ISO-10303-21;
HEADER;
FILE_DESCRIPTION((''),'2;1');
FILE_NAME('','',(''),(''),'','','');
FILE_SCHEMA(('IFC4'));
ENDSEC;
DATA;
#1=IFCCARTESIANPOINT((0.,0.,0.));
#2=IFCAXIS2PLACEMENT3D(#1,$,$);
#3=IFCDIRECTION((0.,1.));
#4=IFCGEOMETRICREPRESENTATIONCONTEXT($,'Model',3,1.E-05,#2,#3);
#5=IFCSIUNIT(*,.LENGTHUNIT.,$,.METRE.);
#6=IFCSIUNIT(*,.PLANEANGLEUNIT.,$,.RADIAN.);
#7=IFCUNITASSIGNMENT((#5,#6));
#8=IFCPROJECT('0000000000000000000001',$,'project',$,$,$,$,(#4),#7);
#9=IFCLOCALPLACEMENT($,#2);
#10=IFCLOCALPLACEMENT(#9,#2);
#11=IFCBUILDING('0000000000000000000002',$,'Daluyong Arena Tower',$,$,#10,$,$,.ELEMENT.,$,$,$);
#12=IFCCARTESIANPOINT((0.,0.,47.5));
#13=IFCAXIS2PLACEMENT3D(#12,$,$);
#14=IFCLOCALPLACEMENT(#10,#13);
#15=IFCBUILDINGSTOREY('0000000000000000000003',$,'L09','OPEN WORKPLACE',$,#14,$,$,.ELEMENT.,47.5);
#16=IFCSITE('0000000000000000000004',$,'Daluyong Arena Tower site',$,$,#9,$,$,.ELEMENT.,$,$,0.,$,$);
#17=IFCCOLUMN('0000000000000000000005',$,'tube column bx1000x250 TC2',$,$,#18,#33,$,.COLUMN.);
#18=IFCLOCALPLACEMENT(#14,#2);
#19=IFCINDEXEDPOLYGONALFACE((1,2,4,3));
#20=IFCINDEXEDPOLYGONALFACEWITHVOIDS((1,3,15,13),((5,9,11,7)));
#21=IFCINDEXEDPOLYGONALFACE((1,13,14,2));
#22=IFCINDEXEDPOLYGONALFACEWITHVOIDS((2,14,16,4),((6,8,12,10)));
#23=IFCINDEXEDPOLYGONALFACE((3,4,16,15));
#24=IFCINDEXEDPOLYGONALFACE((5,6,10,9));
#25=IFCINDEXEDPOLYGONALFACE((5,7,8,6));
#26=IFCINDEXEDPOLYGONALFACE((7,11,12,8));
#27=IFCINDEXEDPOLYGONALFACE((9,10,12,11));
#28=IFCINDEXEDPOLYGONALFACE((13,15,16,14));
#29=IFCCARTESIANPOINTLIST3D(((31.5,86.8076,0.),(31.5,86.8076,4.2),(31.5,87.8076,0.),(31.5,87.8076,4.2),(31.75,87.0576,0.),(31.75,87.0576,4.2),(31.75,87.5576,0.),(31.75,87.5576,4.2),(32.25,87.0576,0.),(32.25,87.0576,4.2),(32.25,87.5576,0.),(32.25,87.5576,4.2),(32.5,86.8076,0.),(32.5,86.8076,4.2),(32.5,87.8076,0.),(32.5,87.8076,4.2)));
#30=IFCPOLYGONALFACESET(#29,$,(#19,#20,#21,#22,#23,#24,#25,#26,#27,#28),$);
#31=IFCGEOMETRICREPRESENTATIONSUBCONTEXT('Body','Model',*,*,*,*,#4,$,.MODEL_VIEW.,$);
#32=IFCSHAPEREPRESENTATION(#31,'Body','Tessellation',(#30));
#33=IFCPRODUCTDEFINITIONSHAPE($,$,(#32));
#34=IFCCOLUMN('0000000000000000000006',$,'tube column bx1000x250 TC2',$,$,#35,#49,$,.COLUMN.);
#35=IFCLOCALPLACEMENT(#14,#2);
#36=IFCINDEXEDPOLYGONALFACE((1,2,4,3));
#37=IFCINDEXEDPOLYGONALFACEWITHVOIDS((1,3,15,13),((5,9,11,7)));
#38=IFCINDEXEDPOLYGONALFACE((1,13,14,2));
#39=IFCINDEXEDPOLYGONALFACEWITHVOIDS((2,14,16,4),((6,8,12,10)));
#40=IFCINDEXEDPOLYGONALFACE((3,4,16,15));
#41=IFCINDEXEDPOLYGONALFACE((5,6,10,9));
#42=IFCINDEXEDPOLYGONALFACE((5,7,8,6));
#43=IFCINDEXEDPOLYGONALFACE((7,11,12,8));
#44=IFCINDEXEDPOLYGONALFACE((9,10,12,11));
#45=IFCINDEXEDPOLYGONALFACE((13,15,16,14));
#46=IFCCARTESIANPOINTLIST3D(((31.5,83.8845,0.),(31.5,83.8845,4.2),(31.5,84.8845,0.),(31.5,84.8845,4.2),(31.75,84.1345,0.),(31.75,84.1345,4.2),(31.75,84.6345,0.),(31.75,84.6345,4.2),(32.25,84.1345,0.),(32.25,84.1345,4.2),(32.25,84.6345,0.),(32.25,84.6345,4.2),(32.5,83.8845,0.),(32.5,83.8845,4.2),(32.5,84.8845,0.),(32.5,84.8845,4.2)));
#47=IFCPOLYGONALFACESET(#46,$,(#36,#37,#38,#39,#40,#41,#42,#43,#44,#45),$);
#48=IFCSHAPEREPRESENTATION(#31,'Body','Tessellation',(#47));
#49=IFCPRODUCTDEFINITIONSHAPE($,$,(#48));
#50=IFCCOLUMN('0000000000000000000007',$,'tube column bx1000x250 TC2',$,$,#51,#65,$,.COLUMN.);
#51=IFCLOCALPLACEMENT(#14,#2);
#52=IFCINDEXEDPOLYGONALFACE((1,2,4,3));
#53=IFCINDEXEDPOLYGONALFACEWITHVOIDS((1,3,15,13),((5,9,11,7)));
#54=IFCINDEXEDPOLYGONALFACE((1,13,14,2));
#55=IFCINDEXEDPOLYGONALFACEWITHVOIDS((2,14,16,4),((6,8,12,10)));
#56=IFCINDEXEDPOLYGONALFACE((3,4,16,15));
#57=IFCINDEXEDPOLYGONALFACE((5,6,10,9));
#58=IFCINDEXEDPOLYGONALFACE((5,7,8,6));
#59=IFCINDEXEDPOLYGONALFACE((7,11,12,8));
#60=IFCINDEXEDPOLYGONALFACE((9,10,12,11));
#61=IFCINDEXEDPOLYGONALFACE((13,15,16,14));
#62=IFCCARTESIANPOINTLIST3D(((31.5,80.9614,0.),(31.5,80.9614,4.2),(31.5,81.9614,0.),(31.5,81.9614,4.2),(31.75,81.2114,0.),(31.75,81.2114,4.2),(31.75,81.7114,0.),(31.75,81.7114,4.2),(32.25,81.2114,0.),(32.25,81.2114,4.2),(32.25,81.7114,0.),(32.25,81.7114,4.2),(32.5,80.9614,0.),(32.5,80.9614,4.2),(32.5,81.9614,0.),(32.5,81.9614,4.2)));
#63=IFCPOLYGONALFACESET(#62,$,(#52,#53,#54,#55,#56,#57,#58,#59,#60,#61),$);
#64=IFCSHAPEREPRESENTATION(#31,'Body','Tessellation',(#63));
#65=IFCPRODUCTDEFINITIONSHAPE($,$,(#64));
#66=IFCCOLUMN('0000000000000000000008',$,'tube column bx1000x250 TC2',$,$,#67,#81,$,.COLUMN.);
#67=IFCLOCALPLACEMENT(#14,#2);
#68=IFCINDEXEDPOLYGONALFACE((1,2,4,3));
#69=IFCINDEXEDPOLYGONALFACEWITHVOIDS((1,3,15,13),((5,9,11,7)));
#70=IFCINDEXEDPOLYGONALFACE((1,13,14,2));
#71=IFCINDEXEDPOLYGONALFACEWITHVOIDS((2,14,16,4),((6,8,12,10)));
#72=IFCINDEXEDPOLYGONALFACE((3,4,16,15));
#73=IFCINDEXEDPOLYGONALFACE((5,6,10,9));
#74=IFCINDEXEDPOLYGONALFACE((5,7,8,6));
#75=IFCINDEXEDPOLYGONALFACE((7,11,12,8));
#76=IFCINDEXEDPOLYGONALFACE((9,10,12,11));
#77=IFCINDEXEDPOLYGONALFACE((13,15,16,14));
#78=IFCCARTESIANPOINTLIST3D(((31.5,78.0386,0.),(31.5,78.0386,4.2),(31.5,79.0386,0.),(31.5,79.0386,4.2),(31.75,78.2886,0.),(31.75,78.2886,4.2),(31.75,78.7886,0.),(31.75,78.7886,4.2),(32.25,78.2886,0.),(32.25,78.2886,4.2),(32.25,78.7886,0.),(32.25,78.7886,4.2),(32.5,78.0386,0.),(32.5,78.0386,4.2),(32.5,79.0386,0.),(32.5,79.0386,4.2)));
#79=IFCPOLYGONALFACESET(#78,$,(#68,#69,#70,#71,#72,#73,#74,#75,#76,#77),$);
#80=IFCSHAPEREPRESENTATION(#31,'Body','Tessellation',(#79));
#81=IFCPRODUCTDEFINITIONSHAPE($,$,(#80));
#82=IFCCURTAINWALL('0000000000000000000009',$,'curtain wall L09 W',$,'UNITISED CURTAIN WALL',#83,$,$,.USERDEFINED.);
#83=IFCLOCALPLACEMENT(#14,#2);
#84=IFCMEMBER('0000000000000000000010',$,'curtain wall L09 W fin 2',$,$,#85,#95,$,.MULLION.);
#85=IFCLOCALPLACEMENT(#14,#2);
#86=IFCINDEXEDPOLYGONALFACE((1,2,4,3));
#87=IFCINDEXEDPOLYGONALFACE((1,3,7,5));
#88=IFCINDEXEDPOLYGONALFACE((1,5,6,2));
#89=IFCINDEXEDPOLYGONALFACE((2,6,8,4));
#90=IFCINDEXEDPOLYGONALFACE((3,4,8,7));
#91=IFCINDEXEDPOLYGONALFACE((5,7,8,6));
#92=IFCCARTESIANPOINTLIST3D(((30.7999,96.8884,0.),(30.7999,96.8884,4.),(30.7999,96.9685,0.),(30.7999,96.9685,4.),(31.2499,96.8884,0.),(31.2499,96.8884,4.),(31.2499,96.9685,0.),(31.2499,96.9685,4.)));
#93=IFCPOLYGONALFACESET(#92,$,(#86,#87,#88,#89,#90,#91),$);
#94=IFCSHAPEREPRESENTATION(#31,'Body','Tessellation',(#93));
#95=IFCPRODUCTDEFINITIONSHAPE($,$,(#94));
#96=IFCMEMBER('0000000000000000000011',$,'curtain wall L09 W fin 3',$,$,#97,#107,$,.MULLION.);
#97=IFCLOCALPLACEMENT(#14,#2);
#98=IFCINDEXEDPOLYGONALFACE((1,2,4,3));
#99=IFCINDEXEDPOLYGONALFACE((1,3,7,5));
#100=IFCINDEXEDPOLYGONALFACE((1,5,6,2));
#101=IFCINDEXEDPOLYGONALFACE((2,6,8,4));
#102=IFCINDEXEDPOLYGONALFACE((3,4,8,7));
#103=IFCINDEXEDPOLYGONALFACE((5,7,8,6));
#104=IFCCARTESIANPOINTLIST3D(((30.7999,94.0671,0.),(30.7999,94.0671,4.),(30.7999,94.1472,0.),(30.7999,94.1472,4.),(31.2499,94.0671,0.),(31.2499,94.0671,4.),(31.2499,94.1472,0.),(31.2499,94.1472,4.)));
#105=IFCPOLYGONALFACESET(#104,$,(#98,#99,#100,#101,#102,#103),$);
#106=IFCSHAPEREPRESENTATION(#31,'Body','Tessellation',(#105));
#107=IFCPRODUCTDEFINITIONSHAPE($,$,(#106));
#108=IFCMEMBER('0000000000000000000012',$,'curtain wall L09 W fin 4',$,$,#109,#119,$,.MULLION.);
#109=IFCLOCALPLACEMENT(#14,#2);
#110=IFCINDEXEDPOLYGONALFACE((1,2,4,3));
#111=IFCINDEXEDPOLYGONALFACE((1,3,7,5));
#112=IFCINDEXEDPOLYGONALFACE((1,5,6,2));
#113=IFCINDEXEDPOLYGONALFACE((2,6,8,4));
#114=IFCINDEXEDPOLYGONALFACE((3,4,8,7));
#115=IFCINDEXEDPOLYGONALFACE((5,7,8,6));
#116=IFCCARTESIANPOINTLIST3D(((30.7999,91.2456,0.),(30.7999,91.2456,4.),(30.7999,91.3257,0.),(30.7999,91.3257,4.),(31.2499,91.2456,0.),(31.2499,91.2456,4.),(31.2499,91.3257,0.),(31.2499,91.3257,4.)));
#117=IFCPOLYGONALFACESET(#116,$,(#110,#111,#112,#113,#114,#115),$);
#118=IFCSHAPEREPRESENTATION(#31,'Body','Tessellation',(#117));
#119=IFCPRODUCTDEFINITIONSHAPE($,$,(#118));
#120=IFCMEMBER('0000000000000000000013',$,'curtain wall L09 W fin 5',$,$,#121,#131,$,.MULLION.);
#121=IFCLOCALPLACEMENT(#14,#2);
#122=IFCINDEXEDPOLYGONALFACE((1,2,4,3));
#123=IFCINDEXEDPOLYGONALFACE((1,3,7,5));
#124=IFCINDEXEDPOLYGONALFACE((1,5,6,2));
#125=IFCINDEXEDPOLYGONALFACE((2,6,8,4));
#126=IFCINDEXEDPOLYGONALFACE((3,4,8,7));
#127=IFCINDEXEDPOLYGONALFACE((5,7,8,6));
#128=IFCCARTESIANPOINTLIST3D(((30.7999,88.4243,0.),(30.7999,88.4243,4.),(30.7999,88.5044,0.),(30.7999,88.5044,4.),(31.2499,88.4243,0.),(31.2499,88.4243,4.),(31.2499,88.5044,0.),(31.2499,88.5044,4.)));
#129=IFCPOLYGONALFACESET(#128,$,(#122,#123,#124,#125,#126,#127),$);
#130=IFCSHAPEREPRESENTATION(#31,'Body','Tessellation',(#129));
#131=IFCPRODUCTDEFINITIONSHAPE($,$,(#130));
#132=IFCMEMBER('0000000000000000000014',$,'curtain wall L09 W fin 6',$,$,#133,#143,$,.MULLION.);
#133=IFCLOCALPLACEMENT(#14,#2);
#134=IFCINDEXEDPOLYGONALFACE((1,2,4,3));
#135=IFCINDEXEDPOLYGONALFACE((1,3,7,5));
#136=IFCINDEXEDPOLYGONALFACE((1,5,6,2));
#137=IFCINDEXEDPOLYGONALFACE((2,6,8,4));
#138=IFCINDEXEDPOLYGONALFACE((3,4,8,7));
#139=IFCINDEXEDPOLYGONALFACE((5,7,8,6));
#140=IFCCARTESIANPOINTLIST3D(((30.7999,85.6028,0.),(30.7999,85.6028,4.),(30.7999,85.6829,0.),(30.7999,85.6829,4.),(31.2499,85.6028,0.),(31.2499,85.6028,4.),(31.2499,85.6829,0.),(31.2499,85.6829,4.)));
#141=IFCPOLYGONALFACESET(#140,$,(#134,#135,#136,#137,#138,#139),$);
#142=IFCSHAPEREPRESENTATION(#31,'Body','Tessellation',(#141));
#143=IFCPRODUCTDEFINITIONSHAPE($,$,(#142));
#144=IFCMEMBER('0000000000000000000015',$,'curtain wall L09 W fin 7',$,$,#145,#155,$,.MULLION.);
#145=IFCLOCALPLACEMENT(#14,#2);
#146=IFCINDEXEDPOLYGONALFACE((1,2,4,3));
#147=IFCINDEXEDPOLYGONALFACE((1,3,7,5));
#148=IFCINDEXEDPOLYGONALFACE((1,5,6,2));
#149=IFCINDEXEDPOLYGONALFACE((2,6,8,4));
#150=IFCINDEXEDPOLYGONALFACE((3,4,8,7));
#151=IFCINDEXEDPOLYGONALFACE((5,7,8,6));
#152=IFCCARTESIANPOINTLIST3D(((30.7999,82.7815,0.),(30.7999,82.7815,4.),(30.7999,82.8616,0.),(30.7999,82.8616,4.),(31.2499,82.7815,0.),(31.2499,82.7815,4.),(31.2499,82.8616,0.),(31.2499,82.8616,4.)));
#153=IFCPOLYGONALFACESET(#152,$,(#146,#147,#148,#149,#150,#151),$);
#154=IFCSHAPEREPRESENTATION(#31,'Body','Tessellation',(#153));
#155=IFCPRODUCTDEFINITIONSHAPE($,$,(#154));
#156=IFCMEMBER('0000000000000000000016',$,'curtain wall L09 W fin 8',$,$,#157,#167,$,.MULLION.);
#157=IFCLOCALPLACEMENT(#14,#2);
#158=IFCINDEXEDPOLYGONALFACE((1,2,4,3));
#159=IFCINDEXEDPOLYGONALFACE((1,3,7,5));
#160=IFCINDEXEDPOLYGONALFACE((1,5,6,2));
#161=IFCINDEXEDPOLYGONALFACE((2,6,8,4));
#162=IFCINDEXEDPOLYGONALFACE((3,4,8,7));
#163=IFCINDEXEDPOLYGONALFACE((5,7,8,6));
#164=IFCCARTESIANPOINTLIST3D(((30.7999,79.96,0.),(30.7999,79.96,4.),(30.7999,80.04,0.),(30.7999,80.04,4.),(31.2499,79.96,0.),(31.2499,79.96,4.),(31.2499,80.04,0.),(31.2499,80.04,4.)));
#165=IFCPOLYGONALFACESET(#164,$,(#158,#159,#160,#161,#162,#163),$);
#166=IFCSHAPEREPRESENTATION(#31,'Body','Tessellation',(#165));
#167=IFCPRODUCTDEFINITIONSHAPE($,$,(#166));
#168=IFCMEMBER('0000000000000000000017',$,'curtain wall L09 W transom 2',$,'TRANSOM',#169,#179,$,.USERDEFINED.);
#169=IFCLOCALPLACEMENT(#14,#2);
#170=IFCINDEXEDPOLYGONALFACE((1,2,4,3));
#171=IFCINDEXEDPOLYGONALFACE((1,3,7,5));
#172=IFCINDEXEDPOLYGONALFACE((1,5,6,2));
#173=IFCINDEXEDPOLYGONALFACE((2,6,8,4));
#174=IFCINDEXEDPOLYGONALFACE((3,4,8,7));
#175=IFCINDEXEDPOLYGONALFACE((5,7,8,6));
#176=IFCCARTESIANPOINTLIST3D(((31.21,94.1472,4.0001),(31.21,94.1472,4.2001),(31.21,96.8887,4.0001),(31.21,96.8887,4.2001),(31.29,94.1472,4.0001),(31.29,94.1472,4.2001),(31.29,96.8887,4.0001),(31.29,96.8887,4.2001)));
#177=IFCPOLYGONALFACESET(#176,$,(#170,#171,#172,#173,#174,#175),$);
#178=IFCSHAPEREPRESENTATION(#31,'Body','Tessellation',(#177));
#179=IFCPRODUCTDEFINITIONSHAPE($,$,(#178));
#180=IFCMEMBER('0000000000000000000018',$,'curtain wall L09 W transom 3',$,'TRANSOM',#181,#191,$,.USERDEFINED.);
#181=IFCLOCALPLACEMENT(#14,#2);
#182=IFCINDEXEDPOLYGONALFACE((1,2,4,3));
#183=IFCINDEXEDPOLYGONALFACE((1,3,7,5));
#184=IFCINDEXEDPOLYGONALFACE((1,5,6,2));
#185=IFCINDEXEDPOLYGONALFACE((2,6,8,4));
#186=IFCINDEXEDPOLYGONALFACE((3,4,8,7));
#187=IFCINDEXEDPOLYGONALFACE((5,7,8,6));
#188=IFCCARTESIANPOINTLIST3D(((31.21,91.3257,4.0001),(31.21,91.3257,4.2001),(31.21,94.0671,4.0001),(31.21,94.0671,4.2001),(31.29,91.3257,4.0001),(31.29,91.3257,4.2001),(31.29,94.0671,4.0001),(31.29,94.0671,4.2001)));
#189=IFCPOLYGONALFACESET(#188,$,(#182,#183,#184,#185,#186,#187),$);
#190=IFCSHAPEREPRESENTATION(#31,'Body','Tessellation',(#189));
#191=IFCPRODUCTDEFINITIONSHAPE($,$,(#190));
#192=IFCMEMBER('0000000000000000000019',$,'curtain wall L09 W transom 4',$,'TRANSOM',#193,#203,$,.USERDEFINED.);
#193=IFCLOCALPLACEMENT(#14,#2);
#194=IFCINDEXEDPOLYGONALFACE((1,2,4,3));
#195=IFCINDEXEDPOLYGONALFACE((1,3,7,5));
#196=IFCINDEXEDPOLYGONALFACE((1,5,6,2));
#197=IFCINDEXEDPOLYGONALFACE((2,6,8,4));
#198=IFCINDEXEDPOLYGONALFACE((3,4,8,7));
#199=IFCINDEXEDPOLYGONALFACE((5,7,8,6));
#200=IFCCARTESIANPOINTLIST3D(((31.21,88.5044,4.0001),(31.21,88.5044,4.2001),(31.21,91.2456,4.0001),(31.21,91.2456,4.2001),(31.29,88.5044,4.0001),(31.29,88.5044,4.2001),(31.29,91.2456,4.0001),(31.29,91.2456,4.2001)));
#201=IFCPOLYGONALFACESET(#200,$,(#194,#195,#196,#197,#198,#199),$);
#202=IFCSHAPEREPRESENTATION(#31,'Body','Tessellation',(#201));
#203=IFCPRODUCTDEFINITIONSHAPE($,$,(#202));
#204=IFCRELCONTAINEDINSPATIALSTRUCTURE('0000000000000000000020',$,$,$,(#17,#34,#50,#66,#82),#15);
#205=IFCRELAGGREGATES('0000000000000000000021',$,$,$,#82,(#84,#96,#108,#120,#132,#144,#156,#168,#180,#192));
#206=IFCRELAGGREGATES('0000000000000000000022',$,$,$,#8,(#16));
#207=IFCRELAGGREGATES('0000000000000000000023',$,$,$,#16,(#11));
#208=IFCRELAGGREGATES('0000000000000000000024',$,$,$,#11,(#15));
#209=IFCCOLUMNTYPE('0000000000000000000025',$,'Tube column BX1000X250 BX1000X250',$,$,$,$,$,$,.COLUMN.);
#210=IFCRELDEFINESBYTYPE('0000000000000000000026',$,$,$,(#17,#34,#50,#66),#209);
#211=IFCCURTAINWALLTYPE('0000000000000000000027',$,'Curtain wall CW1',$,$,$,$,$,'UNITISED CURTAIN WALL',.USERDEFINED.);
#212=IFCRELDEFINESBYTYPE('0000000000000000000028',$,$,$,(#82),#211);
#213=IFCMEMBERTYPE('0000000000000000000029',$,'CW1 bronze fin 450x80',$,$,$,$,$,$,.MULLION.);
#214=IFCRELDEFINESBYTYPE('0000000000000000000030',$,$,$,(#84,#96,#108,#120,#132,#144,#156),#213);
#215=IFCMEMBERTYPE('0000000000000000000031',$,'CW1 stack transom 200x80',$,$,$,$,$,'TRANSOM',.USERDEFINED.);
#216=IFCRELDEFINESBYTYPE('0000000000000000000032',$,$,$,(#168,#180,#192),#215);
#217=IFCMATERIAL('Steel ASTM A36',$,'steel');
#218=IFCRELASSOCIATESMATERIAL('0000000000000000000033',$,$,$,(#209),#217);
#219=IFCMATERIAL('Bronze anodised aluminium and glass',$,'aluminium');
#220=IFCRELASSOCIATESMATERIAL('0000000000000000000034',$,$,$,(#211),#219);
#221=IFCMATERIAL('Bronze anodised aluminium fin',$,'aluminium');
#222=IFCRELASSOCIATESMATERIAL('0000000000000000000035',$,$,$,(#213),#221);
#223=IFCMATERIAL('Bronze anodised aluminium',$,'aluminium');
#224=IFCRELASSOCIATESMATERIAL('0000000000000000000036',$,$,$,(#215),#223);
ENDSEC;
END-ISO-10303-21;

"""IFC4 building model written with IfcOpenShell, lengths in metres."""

from ifc_helpers import new_model, si_unit, direction, frame, origin, origin_2d, place, context, subcontext, project, spatial, rectangle, hollow_rectangle, extrude, material, material_profile, profile_set, type_object, element, aggregate, save


model = new_model("IFC4")

# Units and contexts
model_context = context("Model", 3, precision=1e-05, world=origin(), true_north=direction((0.0, 1.0)))
body_context = subcontext(model_context, "Body", "Model", "MODEL_VIEW")
ifc_project = project(units=[si_unit("LENGTHUNIT", "METRE"), si_unit("PLANEANGLEUNIT", "RADIAN")], contexts=[model_context])

# Site, building, storey
site_placement = place(None, origin())
site = spatial("IfcSite", under=ifc_project, at=site_placement, Name="Daluyong Arena Tower site", CompositionType="ELEMENT", RefElevation=0.0)
building_placement = place(site_placement, origin())
building = spatial("IfcBuilding", under=site, at=building_placement, Name="Daluyong Arena Tower", CompositionType="ELEMENT")
storey_placement = place(building_placement, frame((0.0, 0.0, 47.5)))
storey = spatial("IfcBuildingStorey", under=building, at=storey_placement, Name="L09", Description="OPEN WORKPLACE", CompositionType="ELEMENT", Elevation=47.5)

# Columns
ifc_material_1 = material(Name="Steel ASTM A36", Category="steel")
ifc_material_profile_1 = material_profile(ifc_material_1, hollow_rectangle(XDim=1.0, YDim=1.0, WallThickness=0.25, at=origin_2d()))
ifc_profile_set_1 = profile_set([ifc_material_profile_1], Name="Steel ASTM A36")
column_type = type_object("IfcColumnType", Name="Tube column BX1000X250 BX1000X250", PredefinedType="COLUMN", material=ifc_profile_set_1)
for number, where, z_axis, x_axis, name in (
    (1, (32.0, 87.3076, 0.0), (0.0, 0.0, 1.0), (0.0, 1.0, 0.0), "tube column bx1000x250 TC2"),
    (2, (32.0, 84.3845, 0.0), (0.0, 0.0, 1.0), (0.0, 1.0, 0.0), "tube column bx1000x250 TC2"),
    (3, (32.0, 81.4614, 0.0), (0.0, 0.0, 1.0), (0.0, 1.0, 0.0), "tube column bx1000x250 TC2"),
    (4, (32.0, 78.5386, 0.0), (0.0, 0.0, 1.0), (0.0, 1.0, 0.0), "tube column bx1000x250 TC2"),
):
    element("IfcColumn", number, at=place(storey_placement, frame(where, z_axis=z_axis, x_axis=x_axis)), inside=storey, type_object=column_type, Name=name, PredefinedType="COLUMN", context=body_context, shape_type="SweptSolid", body=[
        extrude(hollow_rectangle(XDim=1.0, YDim=1.0, WallThickness=0.25, at=origin_2d()), origin(), (0.0, 0.0, 1.0), 4.2),
    ])

# Curtain wall, members
ifc_material_2 = material(Name="Bronze anodised aluminium and glass", Category="aluminium")
curtain_wall_type = type_object("IfcCurtainWallType", Name="Curtain wall CW1", ElementType="UNITISED CURTAIN WALL", PredefinedType="USERDEFINED", material=ifc_material_2)
curtain_wall_placement = place(storey_placement, origin())
curtain_wall = element("IfcCurtainWall", 5, at=curtain_wall_placement, inside=storey, type_object=curtain_wall_type, Name="curtain wall L09 W", ObjectType="UNITISED CURTAIN WALL", PredefinedType="USERDEFINED")
ifc_material_3 = material(Name="Bronze anodised aluminium fin", Category="aluminium")
ifc_material_profile_2 = material_profile(ifc_material_3, rectangle(XDim=0.45, YDim=0.0801, at=origin_2d()))
ifc_profile_set_2 = profile_set([ifc_material_profile_2], Name="Bronze anodised aluminium fin")
member_type_1 = type_object("IfcMemberType", Name="CW1 bronze fin 450x80", PredefinedType="MULLION", material=ifc_profile_set_2)
member_1_placement = place(storey_placement, frame((31.0249, 96.9285, 0.0), z_axis=(0.0, 0.0, 1.0), x_axis=(1.0, 0.0, 0.0)))
member_1 = element("IfcMember", 6, at=member_1_placement, type_object=member_type_1, Name="curtain wall L09 W fin 2", PredefinedType="MULLION", context=body_context, shape_type="SweptSolid", body=[
    extrude(rectangle(XDim=0.45, YDim=0.0801, at=origin_2d()), origin(), (0.0, 0.0, 1.0), 4.0),
])
member_2_placement = place(storey_placement, frame((31.0249, 94.1072, 0.0), z_axis=(0.0, 0.0, 1.0), x_axis=(1.0, 0.0, 0.0)))
member_2 = element("IfcMember", 7, at=member_2_placement, type_object=member_type_1, Name="curtain wall L09 W fin 3", PredefinedType="MULLION", context=body_context, shape_type="SweptSolid", body=[
    extrude(rectangle(XDim=0.45, YDim=0.0801, at=origin_2d()), origin(), (0.0, 0.0, 1.0), 4.0),
])
member_3_placement = place(storey_placement, frame((31.0249, 91.2856, 0.0), z_axis=(0.0, 0.0, 1.0), x_axis=(1.0, 0.0, 0.0)))
member_3 = element("IfcMember", 8, at=member_3_placement, type_object=member_type_1, Name="curtain wall L09 W fin 4", PredefinedType="MULLION", context=body_context, shape_type="SweptSolid", body=[
    extrude(rectangle(XDim=0.45, YDim=0.0801, at=origin_2d()), origin(), (0.0, 0.0, 1.0), 4.0),
])
member_4_placement = place(storey_placement, frame((31.0249, 88.4644, 0.0), z_axis=(0.0, 0.0, 1.0), x_axis=(1.0, 0.0, 0.0)))
member_4 = element("IfcMember", 9, at=member_4_placement, type_object=member_type_1, Name="curtain wall L09 W fin 5", PredefinedType="MULLION", context=body_context, shape_type="SweptSolid", body=[
    extrude(rectangle(XDim=0.45, YDim=0.0801, at=origin_2d()), origin(), (0.0, 0.0, 1.0), 4.0),
])
member_5_placement = place(storey_placement, frame((31.0249, 85.6428, 0.0), z_axis=(0.0, 0.0, 1.0), x_axis=(1.0, 0.0, 0.0)))
member_5 = element("IfcMember", 10, at=member_5_placement, type_object=member_type_1, Name="curtain wall L09 W fin 6", PredefinedType="MULLION", context=body_context, shape_type="SweptSolid", body=[
    extrude(rectangle(XDim=0.45, YDim=0.0801, at=origin_2d()), origin(), (0.0, 0.0, 1.0), 4.0),
])
member_6_placement = place(storey_placement, frame((31.0249, 82.8215, 0.0), z_axis=(0.0, 0.0, 1.0), x_axis=(1.0, 0.0, 0.0)))
member_6 = element("IfcMember", 11, at=member_6_placement, type_object=member_type_1, Name="curtain wall L09 W fin 7", PredefinedType="MULLION", context=body_context, shape_type="SweptSolid", body=[
    extrude(rectangle(XDim=0.45, YDim=0.0801, at=origin_2d()), origin(), (0.0, 0.0, 1.0), 4.0),
])
member_7_placement = place(storey_placement, frame((31.0249, 80.0, 0.0), z_axis=(0.0, 0.0, 1.0), x_axis=(1.0, 0.0, 0.0)))
member_7 = element("IfcMember", 12, at=member_7_placement, type_object=member_type_1, Name="curtain wall L09 W fin 8", PredefinedType="MULLION", context=body_context, shape_type="SweptSolid", body=[
    extrude(rectangle(XDim=0.45, YDim=0.0801, at=origin_2d()), origin(), (0.0, 0.0, 1.0), 4.0),
])
ifc_material_4 = material(Name="Bronze anodised aluminium", Category="aluminium")
ifc_material_profile_3 = material_profile(ifc_material_4, rectangle(XDim=0.0801, YDim=0.2, at=origin_2d()))
ifc_profile_set_3 = profile_set([ifc_material_profile_3], Name="Bronze anodised aluminium")
member_type_2 = type_object("IfcMemberType", Name="CW1 stack transom 200x80", ElementType="TRANSOM", PredefinedType="USERDEFINED", material=ifc_profile_set_3)
member_8_placement = place(storey_placement, frame((31.25, 96.8887, 4.1001), z_axis=(0.0, -1.0, 0.0), x_axis=(1.0, 0.0, 0.0)))
member_8 = element("IfcMember", 13, at=member_8_placement, type_object=member_type_2, Name="curtain wall L09 W transom 2", ObjectType="TRANSOM", PredefinedType="USERDEFINED", context=body_context, shape_type="SweptSolid", body=[
    extrude(rectangle(XDim=0.0801, YDim=0.2, at=origin_2d()), origin(), (0.0, 0.0, 1.0), 2.7415),
])
member_9_placement = place(storey_placement, frame((31.25, 94.0671, 4.1001), z_axis=(0.0, -1.0, 0.0), x_axis=(1.0, 0.0, 0.0)))
member_9 = element("IfcMember", 14, at=member_9_placement, type_object=member_type_2, Name="curtain wall L09 W transom 3", ObjectType="TRANSOM", PredefinedType="USERDEFINED", context=body_context, shape_type="SweptSolid", body=[
    extrude(rectangle(XDim=0.0801, YDim=0.2, at=origin_2d()), origin(), (0.0, 0.0, 1.0), 2.7415),
])
member_10_placement = place(storey_placement, frame((31.25, 91.2456, 4.1001), z_axis=(0.0, -1.0, 0.0), x_axis=(1.0, 0.0, 0.0)))
member_10 = element("IfcMember", 15, at=member_10_placement, type_object=member_type_2, Name="curtain wall L09 W transom 4", ObjectType="TRANSOM", PredefinedType="USERDEFINED", context=body_context, shape_type="SweptSolid", body=[
    extrude(rectangle(XDim=0.0801, YDim=0.2, at=origin_2d()), origin(), (0.0, 0.0, 1.0), 2.7412),
])

aggregate(curtain_wall, [member_1, member_2, member_3, member_4, member_5, member_6, member_7, member_8, member_9, member_10])

save(model, "model.ifc")
